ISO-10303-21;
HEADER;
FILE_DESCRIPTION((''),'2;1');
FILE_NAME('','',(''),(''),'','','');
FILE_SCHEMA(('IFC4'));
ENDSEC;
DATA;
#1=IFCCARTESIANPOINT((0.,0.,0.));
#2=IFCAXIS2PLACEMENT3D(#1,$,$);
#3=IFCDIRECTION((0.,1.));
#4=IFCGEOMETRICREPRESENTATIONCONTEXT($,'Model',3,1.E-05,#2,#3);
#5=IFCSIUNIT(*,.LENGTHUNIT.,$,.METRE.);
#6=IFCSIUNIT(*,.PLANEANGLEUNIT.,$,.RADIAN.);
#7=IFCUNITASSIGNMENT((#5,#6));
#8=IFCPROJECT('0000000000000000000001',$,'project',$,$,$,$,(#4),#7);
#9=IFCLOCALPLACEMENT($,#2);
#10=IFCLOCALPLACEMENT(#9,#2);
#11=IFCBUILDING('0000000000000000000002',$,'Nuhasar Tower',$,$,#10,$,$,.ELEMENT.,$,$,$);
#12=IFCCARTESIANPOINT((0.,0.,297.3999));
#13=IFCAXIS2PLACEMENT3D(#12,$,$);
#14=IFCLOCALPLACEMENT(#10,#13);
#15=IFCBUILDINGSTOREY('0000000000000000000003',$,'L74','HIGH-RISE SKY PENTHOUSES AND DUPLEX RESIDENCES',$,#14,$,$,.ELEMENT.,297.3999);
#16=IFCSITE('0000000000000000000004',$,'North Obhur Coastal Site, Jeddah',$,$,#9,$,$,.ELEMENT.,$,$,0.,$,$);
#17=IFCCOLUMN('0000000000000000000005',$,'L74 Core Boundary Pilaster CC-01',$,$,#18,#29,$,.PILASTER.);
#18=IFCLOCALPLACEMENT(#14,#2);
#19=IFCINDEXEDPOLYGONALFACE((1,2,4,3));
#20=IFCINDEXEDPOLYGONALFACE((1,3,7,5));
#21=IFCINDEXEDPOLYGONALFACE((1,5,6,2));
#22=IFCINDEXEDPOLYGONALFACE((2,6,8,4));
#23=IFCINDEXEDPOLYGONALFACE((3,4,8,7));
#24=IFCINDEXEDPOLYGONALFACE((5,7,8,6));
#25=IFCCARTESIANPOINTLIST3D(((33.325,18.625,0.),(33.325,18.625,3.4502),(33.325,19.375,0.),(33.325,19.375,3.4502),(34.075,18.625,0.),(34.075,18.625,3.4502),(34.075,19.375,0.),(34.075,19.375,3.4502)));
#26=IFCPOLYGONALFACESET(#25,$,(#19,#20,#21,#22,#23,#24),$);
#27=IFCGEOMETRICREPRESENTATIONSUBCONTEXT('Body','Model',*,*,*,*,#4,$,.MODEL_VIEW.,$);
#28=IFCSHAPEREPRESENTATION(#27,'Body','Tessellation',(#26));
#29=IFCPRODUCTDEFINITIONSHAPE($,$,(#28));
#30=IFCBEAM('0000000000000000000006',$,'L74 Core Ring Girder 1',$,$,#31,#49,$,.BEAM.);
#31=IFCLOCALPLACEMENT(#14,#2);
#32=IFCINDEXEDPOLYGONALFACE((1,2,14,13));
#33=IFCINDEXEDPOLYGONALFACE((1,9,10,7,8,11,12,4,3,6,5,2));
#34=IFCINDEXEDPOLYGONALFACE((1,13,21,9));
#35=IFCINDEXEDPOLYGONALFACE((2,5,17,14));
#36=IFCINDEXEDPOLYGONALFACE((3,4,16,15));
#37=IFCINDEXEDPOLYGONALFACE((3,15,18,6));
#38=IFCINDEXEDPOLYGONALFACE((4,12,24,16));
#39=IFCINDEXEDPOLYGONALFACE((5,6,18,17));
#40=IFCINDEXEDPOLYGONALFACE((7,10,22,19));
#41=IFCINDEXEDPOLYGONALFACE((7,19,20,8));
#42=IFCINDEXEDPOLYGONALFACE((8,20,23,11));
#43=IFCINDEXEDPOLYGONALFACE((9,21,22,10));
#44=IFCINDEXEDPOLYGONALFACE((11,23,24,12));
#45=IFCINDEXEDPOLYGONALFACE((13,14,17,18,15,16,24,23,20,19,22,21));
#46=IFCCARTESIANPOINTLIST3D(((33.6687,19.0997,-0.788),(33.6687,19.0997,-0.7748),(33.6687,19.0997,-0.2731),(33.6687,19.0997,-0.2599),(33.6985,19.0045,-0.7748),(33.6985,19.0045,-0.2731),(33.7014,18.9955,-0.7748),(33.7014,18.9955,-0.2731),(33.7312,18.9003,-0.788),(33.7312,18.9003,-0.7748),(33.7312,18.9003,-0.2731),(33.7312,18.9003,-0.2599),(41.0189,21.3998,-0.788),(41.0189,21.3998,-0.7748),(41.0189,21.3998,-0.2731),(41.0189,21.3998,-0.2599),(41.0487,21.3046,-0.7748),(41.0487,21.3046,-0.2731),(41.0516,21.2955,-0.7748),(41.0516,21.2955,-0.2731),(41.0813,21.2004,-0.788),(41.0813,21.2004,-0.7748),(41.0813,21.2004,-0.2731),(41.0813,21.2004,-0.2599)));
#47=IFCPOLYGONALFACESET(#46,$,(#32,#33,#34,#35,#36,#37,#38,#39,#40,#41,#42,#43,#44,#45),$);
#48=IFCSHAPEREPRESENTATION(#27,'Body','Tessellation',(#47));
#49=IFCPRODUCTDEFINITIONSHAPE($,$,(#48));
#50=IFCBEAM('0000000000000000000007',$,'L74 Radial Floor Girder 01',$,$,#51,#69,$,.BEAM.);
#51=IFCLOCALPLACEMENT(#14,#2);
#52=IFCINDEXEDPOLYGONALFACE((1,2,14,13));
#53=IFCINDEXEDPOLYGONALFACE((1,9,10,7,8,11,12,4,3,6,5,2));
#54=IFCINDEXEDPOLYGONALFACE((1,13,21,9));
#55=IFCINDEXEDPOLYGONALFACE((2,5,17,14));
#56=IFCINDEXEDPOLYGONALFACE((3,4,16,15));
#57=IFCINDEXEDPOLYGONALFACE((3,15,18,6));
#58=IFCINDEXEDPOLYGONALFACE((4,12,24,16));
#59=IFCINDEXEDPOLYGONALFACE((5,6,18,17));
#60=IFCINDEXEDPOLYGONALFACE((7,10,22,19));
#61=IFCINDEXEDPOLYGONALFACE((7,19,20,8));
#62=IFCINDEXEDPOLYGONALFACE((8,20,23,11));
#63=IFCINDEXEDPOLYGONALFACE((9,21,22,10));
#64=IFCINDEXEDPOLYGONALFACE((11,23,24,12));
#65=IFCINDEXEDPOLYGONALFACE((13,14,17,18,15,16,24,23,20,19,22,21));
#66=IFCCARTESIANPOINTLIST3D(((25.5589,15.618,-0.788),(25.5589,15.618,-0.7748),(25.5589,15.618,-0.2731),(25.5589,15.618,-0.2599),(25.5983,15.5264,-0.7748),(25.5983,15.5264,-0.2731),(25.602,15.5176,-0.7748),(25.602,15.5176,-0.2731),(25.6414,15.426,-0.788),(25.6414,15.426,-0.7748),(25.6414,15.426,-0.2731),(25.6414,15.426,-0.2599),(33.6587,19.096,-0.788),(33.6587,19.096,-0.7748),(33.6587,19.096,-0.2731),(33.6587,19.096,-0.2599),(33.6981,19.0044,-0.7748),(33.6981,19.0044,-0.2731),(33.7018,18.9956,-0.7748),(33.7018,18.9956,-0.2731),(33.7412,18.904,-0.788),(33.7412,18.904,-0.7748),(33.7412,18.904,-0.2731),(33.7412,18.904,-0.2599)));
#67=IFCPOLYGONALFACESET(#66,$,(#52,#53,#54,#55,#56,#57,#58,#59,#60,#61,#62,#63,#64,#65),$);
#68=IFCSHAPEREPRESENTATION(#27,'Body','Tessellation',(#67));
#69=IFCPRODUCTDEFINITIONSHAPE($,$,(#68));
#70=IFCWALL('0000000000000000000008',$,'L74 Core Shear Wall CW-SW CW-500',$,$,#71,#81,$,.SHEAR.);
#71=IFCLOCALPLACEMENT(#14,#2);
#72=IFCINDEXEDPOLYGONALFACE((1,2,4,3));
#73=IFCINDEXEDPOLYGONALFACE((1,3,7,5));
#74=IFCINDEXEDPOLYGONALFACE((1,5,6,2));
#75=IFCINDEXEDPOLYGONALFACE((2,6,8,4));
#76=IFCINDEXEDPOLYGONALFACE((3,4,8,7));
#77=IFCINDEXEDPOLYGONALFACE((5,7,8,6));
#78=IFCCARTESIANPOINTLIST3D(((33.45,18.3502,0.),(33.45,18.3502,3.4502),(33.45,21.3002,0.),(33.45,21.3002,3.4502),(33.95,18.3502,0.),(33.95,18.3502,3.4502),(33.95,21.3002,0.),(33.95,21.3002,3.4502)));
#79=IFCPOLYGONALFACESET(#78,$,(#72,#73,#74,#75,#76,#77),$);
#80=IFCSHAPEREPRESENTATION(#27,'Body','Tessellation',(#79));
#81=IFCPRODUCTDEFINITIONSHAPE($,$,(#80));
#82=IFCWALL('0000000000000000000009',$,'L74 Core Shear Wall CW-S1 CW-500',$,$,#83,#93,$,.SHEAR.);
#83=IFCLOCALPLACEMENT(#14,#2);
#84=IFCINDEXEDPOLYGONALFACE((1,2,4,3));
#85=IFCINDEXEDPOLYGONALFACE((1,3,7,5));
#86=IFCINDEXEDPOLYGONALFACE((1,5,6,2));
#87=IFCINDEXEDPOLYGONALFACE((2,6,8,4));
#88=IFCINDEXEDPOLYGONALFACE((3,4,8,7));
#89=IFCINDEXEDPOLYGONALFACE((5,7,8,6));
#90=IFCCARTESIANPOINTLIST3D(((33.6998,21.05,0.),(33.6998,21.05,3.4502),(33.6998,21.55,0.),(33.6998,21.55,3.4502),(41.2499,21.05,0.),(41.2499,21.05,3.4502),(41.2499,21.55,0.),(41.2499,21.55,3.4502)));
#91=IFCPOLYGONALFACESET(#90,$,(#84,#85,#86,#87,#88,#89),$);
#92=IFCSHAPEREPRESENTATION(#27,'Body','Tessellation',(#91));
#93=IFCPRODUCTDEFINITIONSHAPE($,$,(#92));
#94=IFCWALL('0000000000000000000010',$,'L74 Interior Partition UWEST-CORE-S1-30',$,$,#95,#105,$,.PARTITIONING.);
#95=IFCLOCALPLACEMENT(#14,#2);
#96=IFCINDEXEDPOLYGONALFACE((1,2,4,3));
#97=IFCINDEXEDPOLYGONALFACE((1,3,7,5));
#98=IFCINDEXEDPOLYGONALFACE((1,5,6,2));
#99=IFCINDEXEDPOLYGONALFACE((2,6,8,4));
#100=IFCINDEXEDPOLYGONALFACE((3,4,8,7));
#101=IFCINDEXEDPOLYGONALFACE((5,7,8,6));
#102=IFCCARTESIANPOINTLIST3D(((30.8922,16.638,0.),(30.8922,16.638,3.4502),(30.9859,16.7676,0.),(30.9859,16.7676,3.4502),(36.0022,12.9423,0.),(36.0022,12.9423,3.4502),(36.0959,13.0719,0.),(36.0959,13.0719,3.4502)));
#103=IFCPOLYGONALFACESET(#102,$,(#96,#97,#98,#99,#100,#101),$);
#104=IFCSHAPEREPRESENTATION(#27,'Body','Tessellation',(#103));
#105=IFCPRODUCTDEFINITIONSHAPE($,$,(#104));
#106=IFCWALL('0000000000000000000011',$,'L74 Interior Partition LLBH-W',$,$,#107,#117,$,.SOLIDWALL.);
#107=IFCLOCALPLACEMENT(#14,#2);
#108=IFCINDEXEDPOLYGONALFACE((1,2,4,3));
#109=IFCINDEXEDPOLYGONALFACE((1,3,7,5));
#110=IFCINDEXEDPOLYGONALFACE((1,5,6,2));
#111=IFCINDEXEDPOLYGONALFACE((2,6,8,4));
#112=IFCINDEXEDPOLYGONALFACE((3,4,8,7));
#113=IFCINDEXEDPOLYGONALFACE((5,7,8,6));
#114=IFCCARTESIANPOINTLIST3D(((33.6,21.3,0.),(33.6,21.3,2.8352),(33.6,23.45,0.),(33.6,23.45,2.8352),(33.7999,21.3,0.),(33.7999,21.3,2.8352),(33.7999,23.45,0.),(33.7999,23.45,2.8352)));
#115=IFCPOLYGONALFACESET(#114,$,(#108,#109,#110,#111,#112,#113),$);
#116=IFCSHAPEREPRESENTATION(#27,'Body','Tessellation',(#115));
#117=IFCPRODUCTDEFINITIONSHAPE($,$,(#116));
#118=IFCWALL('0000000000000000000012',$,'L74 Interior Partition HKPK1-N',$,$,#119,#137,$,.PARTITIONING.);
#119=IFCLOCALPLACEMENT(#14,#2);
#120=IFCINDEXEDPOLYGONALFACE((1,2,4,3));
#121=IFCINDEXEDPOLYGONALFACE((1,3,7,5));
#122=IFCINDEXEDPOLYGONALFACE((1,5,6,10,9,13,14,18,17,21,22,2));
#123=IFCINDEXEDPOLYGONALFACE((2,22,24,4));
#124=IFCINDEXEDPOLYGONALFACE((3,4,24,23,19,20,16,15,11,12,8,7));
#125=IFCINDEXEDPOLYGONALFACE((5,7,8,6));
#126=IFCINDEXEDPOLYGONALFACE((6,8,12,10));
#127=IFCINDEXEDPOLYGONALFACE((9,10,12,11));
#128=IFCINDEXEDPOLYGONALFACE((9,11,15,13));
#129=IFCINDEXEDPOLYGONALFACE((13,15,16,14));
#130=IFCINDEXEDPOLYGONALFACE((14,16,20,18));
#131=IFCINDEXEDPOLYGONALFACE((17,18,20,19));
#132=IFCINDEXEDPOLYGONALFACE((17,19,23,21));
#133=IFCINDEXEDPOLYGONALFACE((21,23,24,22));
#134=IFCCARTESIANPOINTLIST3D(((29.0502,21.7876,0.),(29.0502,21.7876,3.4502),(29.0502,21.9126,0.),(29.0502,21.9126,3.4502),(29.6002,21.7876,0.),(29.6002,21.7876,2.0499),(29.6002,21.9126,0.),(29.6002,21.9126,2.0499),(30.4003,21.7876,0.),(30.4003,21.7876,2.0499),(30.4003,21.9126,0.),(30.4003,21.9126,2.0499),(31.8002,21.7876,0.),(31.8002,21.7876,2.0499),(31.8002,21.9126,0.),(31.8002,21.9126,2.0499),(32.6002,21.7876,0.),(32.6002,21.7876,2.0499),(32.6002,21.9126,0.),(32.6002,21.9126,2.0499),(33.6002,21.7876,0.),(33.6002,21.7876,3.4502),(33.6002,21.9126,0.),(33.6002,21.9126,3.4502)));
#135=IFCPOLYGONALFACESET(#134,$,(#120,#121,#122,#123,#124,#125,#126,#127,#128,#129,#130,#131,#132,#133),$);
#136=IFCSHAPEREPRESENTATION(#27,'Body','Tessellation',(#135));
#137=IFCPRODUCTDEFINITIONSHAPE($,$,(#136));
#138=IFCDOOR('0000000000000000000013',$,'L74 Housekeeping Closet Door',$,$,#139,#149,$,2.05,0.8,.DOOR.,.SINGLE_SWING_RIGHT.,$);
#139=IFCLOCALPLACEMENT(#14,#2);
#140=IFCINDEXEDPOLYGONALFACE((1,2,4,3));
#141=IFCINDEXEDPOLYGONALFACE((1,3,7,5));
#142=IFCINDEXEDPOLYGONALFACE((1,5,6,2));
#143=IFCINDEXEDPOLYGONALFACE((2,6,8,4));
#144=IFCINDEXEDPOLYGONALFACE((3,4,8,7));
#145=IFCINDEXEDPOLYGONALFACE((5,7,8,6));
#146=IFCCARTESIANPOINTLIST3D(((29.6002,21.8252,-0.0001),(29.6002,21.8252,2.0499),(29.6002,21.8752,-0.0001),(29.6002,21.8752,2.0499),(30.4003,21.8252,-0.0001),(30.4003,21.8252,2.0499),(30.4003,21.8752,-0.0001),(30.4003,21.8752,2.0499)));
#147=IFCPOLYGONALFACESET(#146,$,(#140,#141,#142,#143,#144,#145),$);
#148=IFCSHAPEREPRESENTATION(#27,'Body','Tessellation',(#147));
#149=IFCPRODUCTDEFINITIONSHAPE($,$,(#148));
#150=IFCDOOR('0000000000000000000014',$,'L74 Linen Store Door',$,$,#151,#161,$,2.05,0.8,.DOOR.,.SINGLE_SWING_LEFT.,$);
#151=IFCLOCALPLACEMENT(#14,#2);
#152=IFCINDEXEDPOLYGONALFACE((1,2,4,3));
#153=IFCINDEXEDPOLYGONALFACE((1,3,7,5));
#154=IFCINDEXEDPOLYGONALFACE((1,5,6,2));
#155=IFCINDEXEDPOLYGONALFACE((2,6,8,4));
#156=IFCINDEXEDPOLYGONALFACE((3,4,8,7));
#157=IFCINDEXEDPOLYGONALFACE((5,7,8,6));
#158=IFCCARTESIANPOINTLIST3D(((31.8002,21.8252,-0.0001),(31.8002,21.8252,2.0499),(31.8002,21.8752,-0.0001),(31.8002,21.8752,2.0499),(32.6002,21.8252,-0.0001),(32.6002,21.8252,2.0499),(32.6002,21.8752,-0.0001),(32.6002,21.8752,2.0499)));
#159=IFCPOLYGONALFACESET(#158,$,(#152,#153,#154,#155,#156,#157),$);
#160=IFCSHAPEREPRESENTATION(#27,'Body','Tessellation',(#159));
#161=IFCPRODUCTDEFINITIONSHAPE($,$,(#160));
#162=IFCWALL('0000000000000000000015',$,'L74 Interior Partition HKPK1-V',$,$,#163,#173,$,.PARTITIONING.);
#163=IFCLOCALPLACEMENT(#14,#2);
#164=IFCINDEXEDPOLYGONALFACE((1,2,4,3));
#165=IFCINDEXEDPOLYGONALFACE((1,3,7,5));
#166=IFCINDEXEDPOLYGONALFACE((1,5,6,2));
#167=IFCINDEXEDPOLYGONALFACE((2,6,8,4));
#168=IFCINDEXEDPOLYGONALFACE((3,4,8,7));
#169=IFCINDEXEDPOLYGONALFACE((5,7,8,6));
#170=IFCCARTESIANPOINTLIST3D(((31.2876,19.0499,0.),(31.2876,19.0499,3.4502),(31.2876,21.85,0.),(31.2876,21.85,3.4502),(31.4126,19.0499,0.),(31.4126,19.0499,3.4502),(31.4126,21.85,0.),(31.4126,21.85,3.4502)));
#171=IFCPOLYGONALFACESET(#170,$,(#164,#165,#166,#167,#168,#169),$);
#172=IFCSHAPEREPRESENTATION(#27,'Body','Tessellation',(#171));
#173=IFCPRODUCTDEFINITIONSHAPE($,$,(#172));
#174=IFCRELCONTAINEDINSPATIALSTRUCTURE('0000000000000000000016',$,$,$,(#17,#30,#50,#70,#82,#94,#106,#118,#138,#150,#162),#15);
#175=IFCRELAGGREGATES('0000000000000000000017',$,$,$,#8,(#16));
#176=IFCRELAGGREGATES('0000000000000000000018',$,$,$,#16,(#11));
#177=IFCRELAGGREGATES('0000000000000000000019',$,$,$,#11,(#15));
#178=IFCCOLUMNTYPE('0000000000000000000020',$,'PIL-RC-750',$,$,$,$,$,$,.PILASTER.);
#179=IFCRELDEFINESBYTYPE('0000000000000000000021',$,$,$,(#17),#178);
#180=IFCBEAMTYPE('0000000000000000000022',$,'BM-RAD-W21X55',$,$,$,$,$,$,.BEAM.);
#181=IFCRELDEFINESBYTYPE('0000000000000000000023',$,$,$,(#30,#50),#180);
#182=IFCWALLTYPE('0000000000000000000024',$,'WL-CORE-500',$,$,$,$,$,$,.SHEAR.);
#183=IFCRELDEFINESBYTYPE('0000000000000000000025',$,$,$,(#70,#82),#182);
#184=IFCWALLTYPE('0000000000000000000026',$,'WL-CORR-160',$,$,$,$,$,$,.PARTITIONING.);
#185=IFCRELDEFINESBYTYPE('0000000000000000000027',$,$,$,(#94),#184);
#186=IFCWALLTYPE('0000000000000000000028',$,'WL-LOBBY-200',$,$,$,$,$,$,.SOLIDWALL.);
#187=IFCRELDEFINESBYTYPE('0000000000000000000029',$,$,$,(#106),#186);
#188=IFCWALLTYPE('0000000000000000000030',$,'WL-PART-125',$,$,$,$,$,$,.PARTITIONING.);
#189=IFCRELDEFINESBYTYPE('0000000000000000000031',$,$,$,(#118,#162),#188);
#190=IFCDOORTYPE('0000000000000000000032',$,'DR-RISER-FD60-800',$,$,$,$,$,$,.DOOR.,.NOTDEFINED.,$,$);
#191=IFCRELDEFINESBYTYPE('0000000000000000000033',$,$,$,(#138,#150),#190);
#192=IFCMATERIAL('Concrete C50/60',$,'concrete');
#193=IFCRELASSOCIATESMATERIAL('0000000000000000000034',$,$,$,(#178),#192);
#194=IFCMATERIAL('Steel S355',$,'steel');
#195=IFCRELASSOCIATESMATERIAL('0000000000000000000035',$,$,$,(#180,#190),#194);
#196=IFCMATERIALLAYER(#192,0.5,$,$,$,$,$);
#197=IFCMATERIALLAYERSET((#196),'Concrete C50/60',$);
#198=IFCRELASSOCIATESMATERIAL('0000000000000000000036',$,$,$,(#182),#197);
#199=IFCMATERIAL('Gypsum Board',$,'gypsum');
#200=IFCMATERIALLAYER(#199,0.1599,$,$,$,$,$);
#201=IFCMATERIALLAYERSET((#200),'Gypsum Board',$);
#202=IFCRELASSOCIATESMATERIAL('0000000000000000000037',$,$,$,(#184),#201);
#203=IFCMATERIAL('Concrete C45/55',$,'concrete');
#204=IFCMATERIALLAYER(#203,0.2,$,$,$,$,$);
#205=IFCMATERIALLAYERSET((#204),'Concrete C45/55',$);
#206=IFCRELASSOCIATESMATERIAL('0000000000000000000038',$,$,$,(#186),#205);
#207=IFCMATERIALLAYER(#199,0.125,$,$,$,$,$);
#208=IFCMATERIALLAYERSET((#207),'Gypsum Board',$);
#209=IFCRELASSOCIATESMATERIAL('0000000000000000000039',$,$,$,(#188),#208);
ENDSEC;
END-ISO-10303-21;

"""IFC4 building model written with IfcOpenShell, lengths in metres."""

from ifc_helpers import new_model, si_unit, direction, frame, frame_2d, origin, origin_2d, place, context, subcontext, project, spatial, rectangle, i_section, extrude, material, layer, layer_set, material_profile, profile_set, type_object, element, fill, save


model = new_model("IFC4")

# Units and contexts
model_context = context("Model", 3, precision=1e-05, world=origin(), true_north=direction((0.0, 1.0)))
body_context = subcontext(model_context, "Body", "Model", "MODEL_VIEW")
ifc_project = project(units=[si_unit("LENGTHUNIT", "METRE"), si_unit("PLANEANGLEUNIT", "RADIAN")], contexts=[model_context])

# Site, building, storey
site_placement = place(None, origin())
site = spatial("IfcSite", under=ifc_project, at=site_placement, Name="North Obhur Coastal Site, Jeddah", CompositionType="ELEMENT", RefElevation=0.0)
building_placement = place(site_placement, origin())
building = spatial("IfcBuilding", under=site, at=building_placement, Name="Nuhasar Tower", CompositionType="ELEMENT")
storey_placement = place(building_placement, frame((0.0, 0.0, 297.3999)))
storey = spatial("IfcBuildingStorey", under=building, at=storey_placement, Name="L74", Description="HIGH-RISE SKY PENTHOUSES AND DUPLEX RESIDENCES", CompositionType="ELEMENT", Elevation=297.3999)

# Column
ifc_material_1 = material(Name="Concrete C50/60", Category="concrete")
ifc_material_profile_1 = material_profile(ifc_material_1, rectangle(XDim=0.75, YDim=0.75, at=origin_2d()), Name="RC750X750")
ifc_profile_set_1 = profile_set([ifc_material_profile_1], Name="Concrete C50/60")
column_type = type_object("IfcColumnType", Name="PIL-RC-750", PredefinedType="PILASTER", material=ifc_profile_set_1)
column_placement = place(storey_placement, frame((33.7, 19.0, 0.0), z_axis=(0.0, 0.0, 1.0), x_axis=(1.0, 0.0, 0.0)))
element("IfcColumn", 1, at=column_placement, inside=storey, type_object=column_type, Name="L74 Core Boundary Pilaster CC-01", PredefinedType="PILASTER", context=body_context, shape_type="SweptSolid", body=[
    extrude(rectangle(XDim=0.75, YDim=0.75, at=origin_2d()), origin(), (0.0, 0.0, 1.0), 3.4502),
])

# Beams
ifc_material_2 = material(Name="Steel S355", Category="steel")
ifc_material_profile_2 = material_profile(ifc_material_2, i_section(OverallWidth=0.209, OverallDepth=0.5281, WebThickness=0.0095, FlangeThickness=0.0132, at=origin_2d()), Name="W21X55")
ifc_profile_set_2 = profile_set([ifc_material_profile_2], Name="Steel S355")
beam_type = type_object("IfcBeamType", Name="BM-RAD-W21X55", PredefinedType="BEAM", material=ifc_profile_set_2)
beam_1_placement = place(storey_placement, frame((33.7, 19.0, -0.5239), z_axis=(0.954364, 0.298647, 0.0), x_axis=(-0.298647, 0.954364, 0.0)))
element("IfcBeam", 2, at=beam_1_placement, inside=storey, type_object=beam_type, Name="L74 Core Ring Girder 1", PredefinedType="BEAM", context=body_context, shape_type="SweptSolid", body=[
    extrude(i_section(OverallWidth=0.209, OverallDepth=0.5281, WebThickness=0.0095, FlangeThickness=0.0132, at=origin_2d()), origin(), (0.0, 0.0, 1.0), 7.7017),
])
beam_2_placement = place(storey_placement, frame((33.7, 19.0, -0.5239), z_axis=(-0.918871, -0.394558, 0.0), x_axis=(0.394558, -0.918871, 0.0)))
element("IfcBeam", 3, at=beam_2_placement, inside=storey, type_object=beam_type, Name="L74 Radial Floor Girder 01", PredefinedType="BEAM", context=body_context, shape_type="SweptSolid", body=[
    extrude(i_section(OverallWidth=0.209, OverallDepth=0.5281, WebThickness=0.0095, FlangeThickness=0.0132, at=origin_2d()), origin(), (0.0, 0.0, 1.0), 8.8149),
])

# Walls
ifc_layer_1 = layer(ifc_material_1, 0.5)
ifc_layer_set_1 = layer_set([ifc_layer_1], Name="Concrete C50/60")
wall_type_1 = type_object("IfcWallType", Name="WL-CORE-500", PredefinedType="SHEAR", material=ifc_layer_set_1)
wall_1_placement = place(storey_placement, frame((33.7, 18.3501, 0.0), z_axis=(0.0, 0.0, 1.0), x_axis=(0.0, 1.0, 0.0)))
element("IfcWall", 4, at=wall_1_placement, inside=storey, type_object=wall_type_1, Name="L74 Core Shear Wall CW-SW CW-500", PredefinedType="SHEAR", context=body_context, shape_type="SweptSolid", body=[
    extrude(rectangle(XDim=2.95, YDim=0.5, at=frame_2d((1.4751, 0.0))), origin(), (0.0, 0.0, 1.0), 3.4502),
])
wall_2_placement = place(storey_placement, frame((33.7, 21.3, 0.0), z_axis=(0.0, 0.0, 1.0), x_axis=(1.0, 0.0, 0.0)))
element("IfcWall", 5, at=wall_2_placement, inside=storey, type_object=wall_type_1, Name="L74 Core Shear Wall CW-S1 CW-500", PredefinedType="SHEAR", context=body_context, shape_type="SweptSolid", body=[
    extrude(rectangle(XDim=7.55, YDim=0.5, at=frame_2d((3.7749, 0.0))), origin(), (0.0, 0.0, 1.0), 3.4502),
])

# Shared definitions
ifc_material_3 = material(Name="Gypsum Board", Category="gypsum")
ifc_layer_2 = layer(ifc_material_3, 0.1599)
ifc_layer_set_2 = layer_set([ifc_layer_2], Name="Gypsum Board")
wall_type_2 = type_object("IfcWallType", Name="WL-CORR-160", PredefinedType="PARTITIONING", material=ifc_layer_set_2)

# Walls
wall_3_placement = place(storey_placement, frame((30.939, 16.7029, 0.0), z_axis=(0.0, 0.0, 1.0), x_axis=(0.81029, -0.586029, 0.0)))
element("IfcWall", 6, at=wall_3_placement, inside=storey, type_object=wall_type_2, Name="L74 Interior Partition UWEST-CORE-S1-30", PredefinedType="PARTITIONING", context=body_context, shape_type="SweptSolid", body=[
    extrude(rectangle(XDim=6.3064, YDim=0.1599, at=frame_2d((3.1533, 0.0))), origin(), (0.0, 0.0, 1.0), 3.4502),
])
ifc_material_4 = material(Name="Concrete C45/55", Category="concrete")
ifc_layer_3 = layer(ifc_material_4, 0.2)
ifc_layer_set_3 = layer_set([ifc_layer_3], Name="Concrete C45/55")
wall_type_3 = type_object("IfcWallType", Name="WL-LOBBY-200", PredefinedType="SOLIDWALL", material=ifc_layer_set_3)
wall_4_placement = place(storey_placement, frame((33.7, 21.3, 0.0), z_axis=(0.0, 0.0, 1.0), x_axis=(0.0, 1.0, 0.0)))
element("IfcWall", 7, at=wall_4_placement, inside=storey, type_object=wall_type_3, Name="L74 Interior Partition LLBH-W", PredefinedType="SOLIDWALL", context=body_context, shape_type="SweptSolid", body=[
    extrude(rectangle(XDim=2.1499, YDim=0.2, at=frame_2d((1.075, 0.0))), origin(), (0.0, 0.0, 1.0), 2.8352),
])

# Wall, openings, doors
ifc_layer_4 = layer(ifc_material_3, 0.125)
ifc_layer_set_4 = layer_set([ifc_layer_4], Name="Gypsum Board")
wall_type_4 = type_object("IfcWallType", Name="WL-PART-125", PredefinedType="PARTITIONING", material=ifc_layer_set_4)
wall_5_placement = place(storey_placement, frame((33.6001, 21.8501, 0.0), z_axis=(0.0, 0.0, 1.0), x_axis=(-1.0, 0.0, 0.0)))
wall_5 = element("IfcWall", 8, at=wall_5_placement, inside=storey, type_object=wall_type_4, Name="L74 Interior Partition HKPK1-N", PredefinedType="PARTITIONING", context=body_context, shape_type="SweptSolid", body=[
    extrude(rectangle(XDim=4.55, YDim=0.125, at=frame_2d((2.2749, 0.0))), origin(), (0.0, 0.0, 1.0), 3.4502),
])
opening_1_placement = place(wall_5_placement, frame((3.2, 0.0, 0.0)))
opening_1 = element("IfcOpeningElement", 9, at=opening_1_placement, cuts=wall_5, PredefinedType="OPENING", context=body_context, shape_type="SweptSolid", body=[
    extrude(rectangle(XDim=0.8, YDim=2.05, at=frame_2d((0.3999, 1.0249))), frame((0.0, 0.0725, 0.0), z_axis=(0.0, -1.0, 0.0), x_axis=(1.0, 0.0, 0.0)), (0.0, 0.0, 1.0), 0.145),
])
opening_2_placement = place(wall_5_placement, frame((1.0, 0.0, 0.0)))
opening_2 = element("IfcOpeningElement", 10, at=opening_2_placement, cuts=wall_5, PredefinedType="OPENING", context=body_context, shape_type="SweptSolid", body=[
    extrude(rectangle(XDim=0.8, YDim=2.05, at=frame_2d((0.3999, 1.0249))), frame((0.0, 0.0725, 0.0), z_axis=(0.0, -1.0, 0.0), x_axis=(1.0, 0.0, 0.0)), (0.0, 0.0, 1.0), 0.145),
])
door_type_1 = type_object("IfcDoorType", Name="DR-RISER-FD60-800", OperationType="NOTDEFINED", PredefinedType="DOOR", material=ifc_material_2)
door_1_placement = place(opening_1_placement, origin())
door_1 = element("IfcDoor", 11, at=door_1_placement, inside=storey, type_object=door_type_1, Name="L74 Housekeeping Closet Door", OperationType="SINGLE_SWING_RIGHT", OverallHeight=2.05, OverallWidth=0.8, PredefinedType="DOOR", context=body_context, shape_type="SweptSolid", body=[
    extrude(rectangle(XDim=0.8, YDim=2.05, at=frame_2d((0.3999, 1.0249))), frame((0.0, 0.0249, 0.0), z_axis=(0.0, -1.0, 0.0), x_axis=(1.0, 0.0, 0.0)), (0.0, 0.0, 1.0), 0.05),
])
fill(opening_1, door_1)
door_2_placement = place(opening_2_placement, origin())
door_2 = element("IfcDoor", 12, at=door_2_placement, inside=storey, type_object=door_type_1, Name="L74 Linen Store Door", OperationType="SINGLE_SWING_LEFT", OverallHeight=2.05, OverallWidth=0.8, PredefinedType="DOOR", context=body_context, shape_type="SweptSolid", body=[
    extrude(rectangle(XDim=0.8, YDim=2.05, at=frame_2d((0.3999, 1.0249))), frame((0.0, 0.0249, 0.0), z_axis=(0.0, -1.0, 0.0), x_axis=(1.0, 0.0, 0.0)), (0.0, 0.0, 1.0), 0.05),
])
fill(opening_2, door_2)

# Wall
wall_6_placement = place(storey_placement, frame((31.3501, 19.05, 0.0), z_axis=(0.0, 0.0, 1.0), x_axis=(0.0, 1.0, 0.0)))
element("IfcWall", 13, at=wall_6_placement, inside=storey, type_object=wall_type_4, Name="L74 Interior Partition HKPK1-V", PredefinedType="PARTITIONING", context=body_context, shape_type="SweptSolid", body=[
    extrude(rectangle(XDim=2.8, YDim=0.125, at=frame_2d((1.3999, 0.0))), origin(), (0.0, 0.0, 1.0), 3.4502),
])

save(model, "model.ifc")
